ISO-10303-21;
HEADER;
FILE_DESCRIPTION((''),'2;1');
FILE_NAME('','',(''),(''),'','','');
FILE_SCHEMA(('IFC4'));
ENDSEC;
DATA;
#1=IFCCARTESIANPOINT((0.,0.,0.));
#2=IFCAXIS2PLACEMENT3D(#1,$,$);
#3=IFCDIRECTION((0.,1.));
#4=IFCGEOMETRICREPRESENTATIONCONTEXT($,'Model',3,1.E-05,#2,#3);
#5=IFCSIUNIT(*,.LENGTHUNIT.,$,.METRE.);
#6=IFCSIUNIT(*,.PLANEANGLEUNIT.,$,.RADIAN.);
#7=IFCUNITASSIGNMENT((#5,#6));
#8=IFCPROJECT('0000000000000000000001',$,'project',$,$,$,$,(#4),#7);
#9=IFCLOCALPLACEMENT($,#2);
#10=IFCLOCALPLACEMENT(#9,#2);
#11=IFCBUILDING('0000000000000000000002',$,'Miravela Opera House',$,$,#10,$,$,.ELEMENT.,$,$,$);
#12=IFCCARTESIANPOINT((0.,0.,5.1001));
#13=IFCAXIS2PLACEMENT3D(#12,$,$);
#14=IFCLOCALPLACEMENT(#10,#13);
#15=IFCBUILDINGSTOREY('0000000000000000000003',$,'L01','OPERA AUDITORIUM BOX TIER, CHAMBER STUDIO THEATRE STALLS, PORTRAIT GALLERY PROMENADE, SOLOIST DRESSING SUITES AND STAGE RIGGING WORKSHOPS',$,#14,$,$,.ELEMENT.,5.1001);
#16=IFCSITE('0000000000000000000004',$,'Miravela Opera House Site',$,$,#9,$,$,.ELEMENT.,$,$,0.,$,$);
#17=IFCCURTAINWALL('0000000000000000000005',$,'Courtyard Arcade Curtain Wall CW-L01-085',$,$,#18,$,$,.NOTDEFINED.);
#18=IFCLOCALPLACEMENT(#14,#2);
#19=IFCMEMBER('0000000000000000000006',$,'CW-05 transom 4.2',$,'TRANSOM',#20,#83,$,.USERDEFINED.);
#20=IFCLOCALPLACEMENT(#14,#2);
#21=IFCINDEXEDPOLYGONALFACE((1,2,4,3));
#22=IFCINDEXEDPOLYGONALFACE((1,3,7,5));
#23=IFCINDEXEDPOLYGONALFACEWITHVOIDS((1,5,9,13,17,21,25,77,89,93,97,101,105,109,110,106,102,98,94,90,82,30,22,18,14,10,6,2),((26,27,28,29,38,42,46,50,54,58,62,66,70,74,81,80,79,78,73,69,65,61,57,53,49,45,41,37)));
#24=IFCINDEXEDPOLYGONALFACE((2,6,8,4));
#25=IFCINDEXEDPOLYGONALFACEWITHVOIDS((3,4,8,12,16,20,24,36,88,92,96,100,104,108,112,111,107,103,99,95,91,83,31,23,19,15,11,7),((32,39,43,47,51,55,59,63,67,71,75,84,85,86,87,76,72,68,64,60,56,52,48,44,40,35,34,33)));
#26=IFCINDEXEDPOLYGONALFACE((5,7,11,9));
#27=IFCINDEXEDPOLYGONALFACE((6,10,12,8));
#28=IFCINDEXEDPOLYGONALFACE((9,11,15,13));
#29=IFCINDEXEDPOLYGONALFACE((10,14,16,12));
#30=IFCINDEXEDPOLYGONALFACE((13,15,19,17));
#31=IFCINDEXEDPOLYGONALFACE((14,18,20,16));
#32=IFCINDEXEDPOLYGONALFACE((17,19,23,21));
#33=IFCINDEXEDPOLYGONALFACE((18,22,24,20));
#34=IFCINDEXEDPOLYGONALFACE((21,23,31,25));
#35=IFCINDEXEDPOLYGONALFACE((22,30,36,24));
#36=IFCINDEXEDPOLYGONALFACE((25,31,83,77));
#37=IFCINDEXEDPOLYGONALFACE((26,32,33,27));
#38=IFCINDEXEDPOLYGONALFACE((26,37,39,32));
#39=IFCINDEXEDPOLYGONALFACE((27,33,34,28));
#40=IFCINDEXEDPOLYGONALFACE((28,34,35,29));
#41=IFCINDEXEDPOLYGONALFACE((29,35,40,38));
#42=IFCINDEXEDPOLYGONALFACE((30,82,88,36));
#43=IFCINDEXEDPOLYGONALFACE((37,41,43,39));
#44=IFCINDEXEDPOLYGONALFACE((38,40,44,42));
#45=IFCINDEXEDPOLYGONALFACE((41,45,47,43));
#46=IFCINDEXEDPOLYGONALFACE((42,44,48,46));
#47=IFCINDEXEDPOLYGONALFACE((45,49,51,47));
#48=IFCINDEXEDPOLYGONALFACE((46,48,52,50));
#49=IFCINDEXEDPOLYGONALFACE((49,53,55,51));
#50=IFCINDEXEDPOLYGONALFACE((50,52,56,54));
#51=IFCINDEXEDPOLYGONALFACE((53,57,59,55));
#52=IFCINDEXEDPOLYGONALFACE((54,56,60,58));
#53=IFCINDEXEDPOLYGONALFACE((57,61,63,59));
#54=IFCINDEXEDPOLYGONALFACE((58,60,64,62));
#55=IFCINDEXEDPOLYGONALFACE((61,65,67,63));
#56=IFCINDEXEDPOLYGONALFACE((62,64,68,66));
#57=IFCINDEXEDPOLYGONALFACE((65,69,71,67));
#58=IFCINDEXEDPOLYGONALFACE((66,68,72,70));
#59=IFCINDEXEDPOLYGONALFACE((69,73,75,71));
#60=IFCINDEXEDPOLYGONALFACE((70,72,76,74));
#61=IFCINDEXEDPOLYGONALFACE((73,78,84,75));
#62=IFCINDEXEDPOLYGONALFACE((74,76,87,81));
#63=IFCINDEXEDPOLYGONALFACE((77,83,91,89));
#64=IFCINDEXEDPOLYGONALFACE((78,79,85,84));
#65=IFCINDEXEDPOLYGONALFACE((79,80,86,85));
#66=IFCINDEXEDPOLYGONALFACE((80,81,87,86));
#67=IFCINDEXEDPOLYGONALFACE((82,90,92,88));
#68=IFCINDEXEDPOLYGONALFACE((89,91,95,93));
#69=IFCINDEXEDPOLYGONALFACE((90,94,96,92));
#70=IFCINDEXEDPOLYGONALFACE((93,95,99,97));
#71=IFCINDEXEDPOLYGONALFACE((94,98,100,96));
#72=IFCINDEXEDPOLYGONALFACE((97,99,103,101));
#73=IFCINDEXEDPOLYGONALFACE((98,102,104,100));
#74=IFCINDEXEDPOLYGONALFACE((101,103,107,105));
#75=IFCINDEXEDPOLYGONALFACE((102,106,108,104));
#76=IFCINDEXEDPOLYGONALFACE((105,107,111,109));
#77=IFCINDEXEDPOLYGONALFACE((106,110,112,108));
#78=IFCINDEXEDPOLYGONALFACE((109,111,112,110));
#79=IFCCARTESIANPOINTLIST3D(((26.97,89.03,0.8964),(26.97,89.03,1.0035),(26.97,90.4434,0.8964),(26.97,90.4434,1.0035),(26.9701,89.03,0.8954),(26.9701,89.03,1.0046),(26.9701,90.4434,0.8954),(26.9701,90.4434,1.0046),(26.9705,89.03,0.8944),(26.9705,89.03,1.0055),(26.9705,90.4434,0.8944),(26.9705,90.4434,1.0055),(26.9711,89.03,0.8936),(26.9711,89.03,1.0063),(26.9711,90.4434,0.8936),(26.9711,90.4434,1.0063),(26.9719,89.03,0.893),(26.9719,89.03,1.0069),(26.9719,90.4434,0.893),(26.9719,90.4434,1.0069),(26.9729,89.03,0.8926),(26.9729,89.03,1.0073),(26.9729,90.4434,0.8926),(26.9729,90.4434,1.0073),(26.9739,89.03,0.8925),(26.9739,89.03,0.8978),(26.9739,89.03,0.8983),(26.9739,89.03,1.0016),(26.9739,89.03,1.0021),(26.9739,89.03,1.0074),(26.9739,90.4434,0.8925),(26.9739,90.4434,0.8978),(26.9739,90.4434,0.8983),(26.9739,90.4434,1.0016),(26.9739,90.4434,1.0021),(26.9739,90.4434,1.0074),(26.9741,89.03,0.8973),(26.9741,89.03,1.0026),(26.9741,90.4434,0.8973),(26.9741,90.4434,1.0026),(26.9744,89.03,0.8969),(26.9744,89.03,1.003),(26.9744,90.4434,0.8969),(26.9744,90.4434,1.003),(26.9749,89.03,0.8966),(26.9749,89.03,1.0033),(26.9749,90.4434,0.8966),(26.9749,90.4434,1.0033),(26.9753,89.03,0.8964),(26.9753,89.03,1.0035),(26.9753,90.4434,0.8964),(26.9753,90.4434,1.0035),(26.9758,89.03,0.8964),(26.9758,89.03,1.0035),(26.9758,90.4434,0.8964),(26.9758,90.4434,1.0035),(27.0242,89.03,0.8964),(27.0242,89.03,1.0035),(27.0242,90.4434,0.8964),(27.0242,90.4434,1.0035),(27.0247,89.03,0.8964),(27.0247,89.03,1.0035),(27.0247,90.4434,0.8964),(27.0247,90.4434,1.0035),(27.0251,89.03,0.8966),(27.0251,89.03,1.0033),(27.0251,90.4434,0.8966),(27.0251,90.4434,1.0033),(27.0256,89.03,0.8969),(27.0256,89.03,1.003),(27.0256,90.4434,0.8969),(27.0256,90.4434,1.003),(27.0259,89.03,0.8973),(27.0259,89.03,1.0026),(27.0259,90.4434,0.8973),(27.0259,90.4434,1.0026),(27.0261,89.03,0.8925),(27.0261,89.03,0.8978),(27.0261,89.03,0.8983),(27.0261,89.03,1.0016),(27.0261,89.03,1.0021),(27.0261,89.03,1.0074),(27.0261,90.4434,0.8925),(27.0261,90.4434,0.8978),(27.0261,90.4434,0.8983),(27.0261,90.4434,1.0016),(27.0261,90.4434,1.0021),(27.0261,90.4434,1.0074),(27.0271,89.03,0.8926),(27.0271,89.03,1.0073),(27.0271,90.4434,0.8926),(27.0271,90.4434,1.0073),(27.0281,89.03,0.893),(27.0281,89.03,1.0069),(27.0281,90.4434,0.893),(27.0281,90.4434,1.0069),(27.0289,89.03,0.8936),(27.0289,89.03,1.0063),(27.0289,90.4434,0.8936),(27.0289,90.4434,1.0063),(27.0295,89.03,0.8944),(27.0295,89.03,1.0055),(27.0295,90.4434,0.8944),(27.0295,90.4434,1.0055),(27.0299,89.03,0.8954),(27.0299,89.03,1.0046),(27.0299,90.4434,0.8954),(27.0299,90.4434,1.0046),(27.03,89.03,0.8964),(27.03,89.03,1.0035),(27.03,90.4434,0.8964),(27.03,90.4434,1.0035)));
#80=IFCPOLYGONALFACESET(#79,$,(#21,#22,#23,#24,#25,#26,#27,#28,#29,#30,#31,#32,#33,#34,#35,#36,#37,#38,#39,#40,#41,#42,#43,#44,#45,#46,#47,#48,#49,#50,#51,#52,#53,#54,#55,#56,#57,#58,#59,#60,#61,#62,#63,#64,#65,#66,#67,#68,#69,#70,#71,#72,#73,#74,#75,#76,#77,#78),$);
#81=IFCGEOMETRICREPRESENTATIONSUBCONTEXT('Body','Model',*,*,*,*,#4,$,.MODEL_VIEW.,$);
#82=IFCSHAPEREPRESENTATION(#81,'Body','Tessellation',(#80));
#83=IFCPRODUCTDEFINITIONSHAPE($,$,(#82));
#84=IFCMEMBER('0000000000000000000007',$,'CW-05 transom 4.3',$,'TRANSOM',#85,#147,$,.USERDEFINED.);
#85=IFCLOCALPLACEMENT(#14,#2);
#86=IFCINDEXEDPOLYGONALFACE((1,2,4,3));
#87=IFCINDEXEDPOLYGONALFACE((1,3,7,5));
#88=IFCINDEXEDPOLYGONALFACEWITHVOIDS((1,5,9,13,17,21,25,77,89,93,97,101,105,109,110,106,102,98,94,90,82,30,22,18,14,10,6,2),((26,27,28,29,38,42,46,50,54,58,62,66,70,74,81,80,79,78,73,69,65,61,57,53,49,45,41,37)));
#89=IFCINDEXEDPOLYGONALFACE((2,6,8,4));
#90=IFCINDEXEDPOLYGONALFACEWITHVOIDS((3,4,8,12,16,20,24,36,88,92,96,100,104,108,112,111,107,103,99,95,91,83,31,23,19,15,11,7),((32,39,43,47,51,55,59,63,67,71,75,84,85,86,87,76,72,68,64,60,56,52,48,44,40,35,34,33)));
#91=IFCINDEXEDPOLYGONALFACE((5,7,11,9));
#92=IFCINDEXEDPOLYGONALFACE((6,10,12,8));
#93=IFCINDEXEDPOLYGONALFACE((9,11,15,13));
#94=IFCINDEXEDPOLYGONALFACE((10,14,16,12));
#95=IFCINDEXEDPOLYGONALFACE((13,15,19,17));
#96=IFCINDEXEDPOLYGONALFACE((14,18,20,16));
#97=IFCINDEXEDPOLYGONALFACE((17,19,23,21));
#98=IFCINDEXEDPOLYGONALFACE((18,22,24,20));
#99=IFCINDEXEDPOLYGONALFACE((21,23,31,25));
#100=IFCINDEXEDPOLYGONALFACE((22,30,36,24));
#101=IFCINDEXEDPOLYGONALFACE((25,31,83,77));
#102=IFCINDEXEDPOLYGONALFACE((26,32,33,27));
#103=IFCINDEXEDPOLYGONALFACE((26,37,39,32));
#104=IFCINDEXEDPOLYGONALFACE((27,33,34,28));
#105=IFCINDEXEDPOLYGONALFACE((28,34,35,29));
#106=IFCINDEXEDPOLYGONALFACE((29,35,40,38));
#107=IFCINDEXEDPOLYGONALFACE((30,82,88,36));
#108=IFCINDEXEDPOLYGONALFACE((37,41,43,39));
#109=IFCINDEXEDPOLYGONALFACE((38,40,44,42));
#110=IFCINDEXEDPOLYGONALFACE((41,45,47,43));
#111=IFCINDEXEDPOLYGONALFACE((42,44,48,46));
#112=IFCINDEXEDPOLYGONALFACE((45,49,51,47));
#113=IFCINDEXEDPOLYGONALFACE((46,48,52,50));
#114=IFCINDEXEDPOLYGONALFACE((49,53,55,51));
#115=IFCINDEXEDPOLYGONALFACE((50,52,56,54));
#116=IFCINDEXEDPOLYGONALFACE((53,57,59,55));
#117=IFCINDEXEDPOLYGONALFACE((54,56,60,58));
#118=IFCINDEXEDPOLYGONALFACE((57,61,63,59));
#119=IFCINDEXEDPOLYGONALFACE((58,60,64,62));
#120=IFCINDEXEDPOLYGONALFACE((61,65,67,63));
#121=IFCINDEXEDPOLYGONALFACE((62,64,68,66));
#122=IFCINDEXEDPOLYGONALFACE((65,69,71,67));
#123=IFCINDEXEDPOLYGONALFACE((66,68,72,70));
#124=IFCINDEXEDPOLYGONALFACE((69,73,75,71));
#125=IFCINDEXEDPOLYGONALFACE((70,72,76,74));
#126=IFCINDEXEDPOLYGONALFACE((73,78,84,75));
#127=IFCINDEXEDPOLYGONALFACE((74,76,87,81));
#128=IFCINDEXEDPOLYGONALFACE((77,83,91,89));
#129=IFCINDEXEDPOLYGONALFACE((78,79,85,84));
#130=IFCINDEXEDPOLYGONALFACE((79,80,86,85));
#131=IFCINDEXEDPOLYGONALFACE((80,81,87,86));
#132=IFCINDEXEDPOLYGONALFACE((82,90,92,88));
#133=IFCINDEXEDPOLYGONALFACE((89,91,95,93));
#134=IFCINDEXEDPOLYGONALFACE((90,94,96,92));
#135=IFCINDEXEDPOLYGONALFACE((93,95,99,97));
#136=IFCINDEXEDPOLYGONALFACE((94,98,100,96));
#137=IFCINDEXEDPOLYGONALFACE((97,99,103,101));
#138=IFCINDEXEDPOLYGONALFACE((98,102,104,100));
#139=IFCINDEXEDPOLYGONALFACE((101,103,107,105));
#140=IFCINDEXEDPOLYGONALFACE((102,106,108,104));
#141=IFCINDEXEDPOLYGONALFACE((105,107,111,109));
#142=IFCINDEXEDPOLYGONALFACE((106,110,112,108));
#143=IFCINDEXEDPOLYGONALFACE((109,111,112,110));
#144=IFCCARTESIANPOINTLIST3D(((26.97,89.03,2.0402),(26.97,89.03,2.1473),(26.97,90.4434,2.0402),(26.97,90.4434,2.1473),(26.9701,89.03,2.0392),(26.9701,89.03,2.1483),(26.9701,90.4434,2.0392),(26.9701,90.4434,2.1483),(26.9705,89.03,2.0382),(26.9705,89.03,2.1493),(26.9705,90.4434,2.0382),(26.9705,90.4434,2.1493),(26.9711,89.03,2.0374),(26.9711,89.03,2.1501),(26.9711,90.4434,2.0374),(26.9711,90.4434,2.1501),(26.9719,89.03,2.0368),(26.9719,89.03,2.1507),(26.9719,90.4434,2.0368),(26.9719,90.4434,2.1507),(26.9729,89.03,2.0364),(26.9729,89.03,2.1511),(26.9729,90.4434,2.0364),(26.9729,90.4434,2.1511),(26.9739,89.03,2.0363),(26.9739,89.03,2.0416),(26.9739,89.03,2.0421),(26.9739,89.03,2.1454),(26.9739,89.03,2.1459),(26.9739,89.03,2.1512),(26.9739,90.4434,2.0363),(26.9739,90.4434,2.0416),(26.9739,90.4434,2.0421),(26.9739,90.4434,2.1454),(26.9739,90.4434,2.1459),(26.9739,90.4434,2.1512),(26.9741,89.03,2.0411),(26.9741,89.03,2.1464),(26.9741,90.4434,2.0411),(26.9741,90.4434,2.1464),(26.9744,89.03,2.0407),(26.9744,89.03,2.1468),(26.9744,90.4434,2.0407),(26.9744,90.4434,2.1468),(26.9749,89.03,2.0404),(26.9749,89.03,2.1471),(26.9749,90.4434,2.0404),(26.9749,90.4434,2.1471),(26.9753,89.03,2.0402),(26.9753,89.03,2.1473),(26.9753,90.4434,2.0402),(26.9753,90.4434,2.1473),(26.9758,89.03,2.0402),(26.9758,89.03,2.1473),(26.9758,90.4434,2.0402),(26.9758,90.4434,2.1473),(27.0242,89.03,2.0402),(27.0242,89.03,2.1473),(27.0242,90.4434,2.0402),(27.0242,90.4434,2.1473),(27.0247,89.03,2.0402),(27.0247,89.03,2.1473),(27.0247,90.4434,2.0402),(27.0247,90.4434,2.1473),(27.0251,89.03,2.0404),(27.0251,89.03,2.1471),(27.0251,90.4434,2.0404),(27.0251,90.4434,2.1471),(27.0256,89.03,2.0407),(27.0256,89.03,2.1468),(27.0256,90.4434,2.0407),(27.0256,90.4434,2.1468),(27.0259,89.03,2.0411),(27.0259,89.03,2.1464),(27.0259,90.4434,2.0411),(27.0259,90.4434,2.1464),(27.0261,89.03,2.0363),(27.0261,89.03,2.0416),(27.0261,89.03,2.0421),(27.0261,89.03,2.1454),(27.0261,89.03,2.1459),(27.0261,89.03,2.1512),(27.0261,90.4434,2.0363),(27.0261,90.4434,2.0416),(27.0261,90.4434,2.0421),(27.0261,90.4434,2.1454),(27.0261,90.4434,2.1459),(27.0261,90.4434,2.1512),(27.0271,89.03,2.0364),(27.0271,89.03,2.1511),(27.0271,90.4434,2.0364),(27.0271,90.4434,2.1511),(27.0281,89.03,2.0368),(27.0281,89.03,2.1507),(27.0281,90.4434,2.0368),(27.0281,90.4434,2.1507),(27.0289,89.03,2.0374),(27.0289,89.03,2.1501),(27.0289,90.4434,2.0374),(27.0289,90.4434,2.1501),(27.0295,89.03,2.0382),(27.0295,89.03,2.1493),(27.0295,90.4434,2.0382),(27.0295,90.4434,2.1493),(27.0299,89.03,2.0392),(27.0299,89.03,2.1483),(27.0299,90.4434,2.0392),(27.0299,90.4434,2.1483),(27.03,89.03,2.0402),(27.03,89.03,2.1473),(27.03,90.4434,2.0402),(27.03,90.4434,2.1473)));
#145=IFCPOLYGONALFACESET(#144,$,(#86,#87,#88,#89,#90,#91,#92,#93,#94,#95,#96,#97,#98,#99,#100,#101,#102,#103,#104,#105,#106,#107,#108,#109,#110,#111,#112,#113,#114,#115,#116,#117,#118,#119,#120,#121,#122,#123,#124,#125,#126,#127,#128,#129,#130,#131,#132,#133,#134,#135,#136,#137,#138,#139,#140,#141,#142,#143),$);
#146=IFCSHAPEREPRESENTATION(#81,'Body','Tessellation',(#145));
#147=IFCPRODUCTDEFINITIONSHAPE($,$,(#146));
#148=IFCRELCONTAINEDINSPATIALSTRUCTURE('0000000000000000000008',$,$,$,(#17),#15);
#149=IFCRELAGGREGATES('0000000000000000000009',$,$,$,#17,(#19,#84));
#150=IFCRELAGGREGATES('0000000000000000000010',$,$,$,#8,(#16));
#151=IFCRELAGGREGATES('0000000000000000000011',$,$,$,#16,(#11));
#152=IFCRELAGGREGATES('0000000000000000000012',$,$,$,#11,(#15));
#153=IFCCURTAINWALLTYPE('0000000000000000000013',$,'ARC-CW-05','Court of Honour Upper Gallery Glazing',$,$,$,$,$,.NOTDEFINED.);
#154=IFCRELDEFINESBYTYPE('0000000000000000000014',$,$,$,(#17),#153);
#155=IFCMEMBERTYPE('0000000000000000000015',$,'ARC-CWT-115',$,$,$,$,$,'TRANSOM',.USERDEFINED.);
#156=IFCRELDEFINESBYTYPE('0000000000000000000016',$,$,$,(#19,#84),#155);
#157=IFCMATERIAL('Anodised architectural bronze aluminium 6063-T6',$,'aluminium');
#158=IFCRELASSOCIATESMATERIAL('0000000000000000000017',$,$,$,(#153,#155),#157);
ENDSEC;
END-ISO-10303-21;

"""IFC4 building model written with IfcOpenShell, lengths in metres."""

from ifc_helpers import new_model, si_unit, direction, frame, origin, origin_2d, place, context, subcontext, project, spatial, hollow_rectangle, extrude, material, material_profile, profile_set, type_object, element, aggregate, save


model = new_model("IFC4")

# Units and contexts
model_context = context("Model", 3, precision=1e-05, world=origin(), true_north=direction((0.0, 1.0)))
body_context = subcontext(model_context, "Body", "Model", "MODEL_VIEW")
ifc_project = project(units=[si_unit("LENGTHUNIT", "METRE"), si_unit("PLANEANGLEUNIT", "RADIAN")], contexts=[model_context])

# Site, building, storey
site_placement = place(None, origin())
site = spatial("IfcSite", under=ifc_project, at=site_placement, Name="Miravela Opera House Site", CompositionType="ELEMENT", RefElevation=0.0)
building_placement = place(site_placement, origin())
building = spatial("IfcBuilding", under=site, at=building_placement, Name="Miravela Opera House", CompositionType="ELEMENT")
storey_placement = place(building_placement, frame((0.0, 0.0, 5.1001)))
storey = spatial("IfcBuildingStorey", under=building, at=storey_placement, Name="L01", Description="OPERA AUDITORIUM BOX TIER, CHAMBER STUDIO THEATRE STALLS, PORTRAIT GALLERY PROMENADE, SOLOIST DRESSING SUITES AND STAGE RIGGING WORKSHOPS", CompositionType="ELEMENT", Elevation=5.1001)

# Curtain wall, members
ifc_material_1 = material(Name="Anodised architectural bronze aluminium 6063-T6", Category="aluminium")
curtain_wall_type = type_object("IfcCurtainWallType", Name="ARC-CW-05", Description="Court of Honour Upper Gallery Glazing", PredefinedType="NOTDEFINED", material=ifc_material_1)
curtain_wall_placement = place(storey_placement, origin())
curtain_wall = element("IfcCurtainWall", 1, at=curtain_wall_placement, inside=storey, type_object=curtain_wall_type, Name="Courtyard Arcade Curtain Wall CW-L01-085", PredefinedType="NOTDEFINED")
ifc_material_profile_1 = material_profile(ifc_material_1, hollow_rectangle(XDim=0.0601, YDim=0.115, WallThickness=0.0039, InnerFilletRadius=0.002, OuterFilletRadius=0.0039, at=origin_2d()), Name="CWT-60X115")
ifc_profile_set_1 = profile_set([ifc_material_profile_1])
member_type_1 = type_object("IfcMemberType", Name="ARC-CWT-115", ElementType="TRANSOM", PredefinedType="USERDEFINED", material=ifc_profile_set_1)
member_1_placement = place(storey_placement, frame((27.0, 89.03, 0.95), z_axis=(0.0, 1.0, 0.0), x_axis=(-1.0, 0.0, 0.0)))
member_1 = element("IfcMember", 2, at=member_1_placement, type_object=member_type_1, Name="CW-05 transom 4.2", ObjectType="TRANSOM", PredefinedType="USERDEFINED", context=body_context, shape_type="SweptSolid", body=[
    extrude(hollow_rectangle(XDim=0.0601, YDim=0.115, WallThickness=0.0039, InnerFilletRadius=0.002, OuterFilletRadius=0.0039, at=origin_2d()), origin(), (0.0, 0.0, 1.0), 1.4133),
])
member_2_placement = place(storey_placement, frame((27.0, 89.03, 2.0938), z_axis=(0.0, 1.0, 0.0), x_axis=(-1.0, 0.0, 0.0)))
member_2 = element("IfcMember", 3, at=member_2_placement, type_object=member_type_1, Name="CW-05 transom 4.3", ObjectType="TRANSOM", PredefinedType="USERDEFINED", context=body_context, shape_type="SweptSolid", body=[
    extrude(hollow_rectangle(XDim=0.0601, YDim=0.115, WallThickness=0.0039, InnerFilletRadius=0.002, OuterFilletRadius=0.0039, at=origin_2d()), origin(), (0.0, 0.0, 1.0), 1.4133),
])
aggregate(curtain_wall, [member_1, member_2])

save(model, "model.ifc")
